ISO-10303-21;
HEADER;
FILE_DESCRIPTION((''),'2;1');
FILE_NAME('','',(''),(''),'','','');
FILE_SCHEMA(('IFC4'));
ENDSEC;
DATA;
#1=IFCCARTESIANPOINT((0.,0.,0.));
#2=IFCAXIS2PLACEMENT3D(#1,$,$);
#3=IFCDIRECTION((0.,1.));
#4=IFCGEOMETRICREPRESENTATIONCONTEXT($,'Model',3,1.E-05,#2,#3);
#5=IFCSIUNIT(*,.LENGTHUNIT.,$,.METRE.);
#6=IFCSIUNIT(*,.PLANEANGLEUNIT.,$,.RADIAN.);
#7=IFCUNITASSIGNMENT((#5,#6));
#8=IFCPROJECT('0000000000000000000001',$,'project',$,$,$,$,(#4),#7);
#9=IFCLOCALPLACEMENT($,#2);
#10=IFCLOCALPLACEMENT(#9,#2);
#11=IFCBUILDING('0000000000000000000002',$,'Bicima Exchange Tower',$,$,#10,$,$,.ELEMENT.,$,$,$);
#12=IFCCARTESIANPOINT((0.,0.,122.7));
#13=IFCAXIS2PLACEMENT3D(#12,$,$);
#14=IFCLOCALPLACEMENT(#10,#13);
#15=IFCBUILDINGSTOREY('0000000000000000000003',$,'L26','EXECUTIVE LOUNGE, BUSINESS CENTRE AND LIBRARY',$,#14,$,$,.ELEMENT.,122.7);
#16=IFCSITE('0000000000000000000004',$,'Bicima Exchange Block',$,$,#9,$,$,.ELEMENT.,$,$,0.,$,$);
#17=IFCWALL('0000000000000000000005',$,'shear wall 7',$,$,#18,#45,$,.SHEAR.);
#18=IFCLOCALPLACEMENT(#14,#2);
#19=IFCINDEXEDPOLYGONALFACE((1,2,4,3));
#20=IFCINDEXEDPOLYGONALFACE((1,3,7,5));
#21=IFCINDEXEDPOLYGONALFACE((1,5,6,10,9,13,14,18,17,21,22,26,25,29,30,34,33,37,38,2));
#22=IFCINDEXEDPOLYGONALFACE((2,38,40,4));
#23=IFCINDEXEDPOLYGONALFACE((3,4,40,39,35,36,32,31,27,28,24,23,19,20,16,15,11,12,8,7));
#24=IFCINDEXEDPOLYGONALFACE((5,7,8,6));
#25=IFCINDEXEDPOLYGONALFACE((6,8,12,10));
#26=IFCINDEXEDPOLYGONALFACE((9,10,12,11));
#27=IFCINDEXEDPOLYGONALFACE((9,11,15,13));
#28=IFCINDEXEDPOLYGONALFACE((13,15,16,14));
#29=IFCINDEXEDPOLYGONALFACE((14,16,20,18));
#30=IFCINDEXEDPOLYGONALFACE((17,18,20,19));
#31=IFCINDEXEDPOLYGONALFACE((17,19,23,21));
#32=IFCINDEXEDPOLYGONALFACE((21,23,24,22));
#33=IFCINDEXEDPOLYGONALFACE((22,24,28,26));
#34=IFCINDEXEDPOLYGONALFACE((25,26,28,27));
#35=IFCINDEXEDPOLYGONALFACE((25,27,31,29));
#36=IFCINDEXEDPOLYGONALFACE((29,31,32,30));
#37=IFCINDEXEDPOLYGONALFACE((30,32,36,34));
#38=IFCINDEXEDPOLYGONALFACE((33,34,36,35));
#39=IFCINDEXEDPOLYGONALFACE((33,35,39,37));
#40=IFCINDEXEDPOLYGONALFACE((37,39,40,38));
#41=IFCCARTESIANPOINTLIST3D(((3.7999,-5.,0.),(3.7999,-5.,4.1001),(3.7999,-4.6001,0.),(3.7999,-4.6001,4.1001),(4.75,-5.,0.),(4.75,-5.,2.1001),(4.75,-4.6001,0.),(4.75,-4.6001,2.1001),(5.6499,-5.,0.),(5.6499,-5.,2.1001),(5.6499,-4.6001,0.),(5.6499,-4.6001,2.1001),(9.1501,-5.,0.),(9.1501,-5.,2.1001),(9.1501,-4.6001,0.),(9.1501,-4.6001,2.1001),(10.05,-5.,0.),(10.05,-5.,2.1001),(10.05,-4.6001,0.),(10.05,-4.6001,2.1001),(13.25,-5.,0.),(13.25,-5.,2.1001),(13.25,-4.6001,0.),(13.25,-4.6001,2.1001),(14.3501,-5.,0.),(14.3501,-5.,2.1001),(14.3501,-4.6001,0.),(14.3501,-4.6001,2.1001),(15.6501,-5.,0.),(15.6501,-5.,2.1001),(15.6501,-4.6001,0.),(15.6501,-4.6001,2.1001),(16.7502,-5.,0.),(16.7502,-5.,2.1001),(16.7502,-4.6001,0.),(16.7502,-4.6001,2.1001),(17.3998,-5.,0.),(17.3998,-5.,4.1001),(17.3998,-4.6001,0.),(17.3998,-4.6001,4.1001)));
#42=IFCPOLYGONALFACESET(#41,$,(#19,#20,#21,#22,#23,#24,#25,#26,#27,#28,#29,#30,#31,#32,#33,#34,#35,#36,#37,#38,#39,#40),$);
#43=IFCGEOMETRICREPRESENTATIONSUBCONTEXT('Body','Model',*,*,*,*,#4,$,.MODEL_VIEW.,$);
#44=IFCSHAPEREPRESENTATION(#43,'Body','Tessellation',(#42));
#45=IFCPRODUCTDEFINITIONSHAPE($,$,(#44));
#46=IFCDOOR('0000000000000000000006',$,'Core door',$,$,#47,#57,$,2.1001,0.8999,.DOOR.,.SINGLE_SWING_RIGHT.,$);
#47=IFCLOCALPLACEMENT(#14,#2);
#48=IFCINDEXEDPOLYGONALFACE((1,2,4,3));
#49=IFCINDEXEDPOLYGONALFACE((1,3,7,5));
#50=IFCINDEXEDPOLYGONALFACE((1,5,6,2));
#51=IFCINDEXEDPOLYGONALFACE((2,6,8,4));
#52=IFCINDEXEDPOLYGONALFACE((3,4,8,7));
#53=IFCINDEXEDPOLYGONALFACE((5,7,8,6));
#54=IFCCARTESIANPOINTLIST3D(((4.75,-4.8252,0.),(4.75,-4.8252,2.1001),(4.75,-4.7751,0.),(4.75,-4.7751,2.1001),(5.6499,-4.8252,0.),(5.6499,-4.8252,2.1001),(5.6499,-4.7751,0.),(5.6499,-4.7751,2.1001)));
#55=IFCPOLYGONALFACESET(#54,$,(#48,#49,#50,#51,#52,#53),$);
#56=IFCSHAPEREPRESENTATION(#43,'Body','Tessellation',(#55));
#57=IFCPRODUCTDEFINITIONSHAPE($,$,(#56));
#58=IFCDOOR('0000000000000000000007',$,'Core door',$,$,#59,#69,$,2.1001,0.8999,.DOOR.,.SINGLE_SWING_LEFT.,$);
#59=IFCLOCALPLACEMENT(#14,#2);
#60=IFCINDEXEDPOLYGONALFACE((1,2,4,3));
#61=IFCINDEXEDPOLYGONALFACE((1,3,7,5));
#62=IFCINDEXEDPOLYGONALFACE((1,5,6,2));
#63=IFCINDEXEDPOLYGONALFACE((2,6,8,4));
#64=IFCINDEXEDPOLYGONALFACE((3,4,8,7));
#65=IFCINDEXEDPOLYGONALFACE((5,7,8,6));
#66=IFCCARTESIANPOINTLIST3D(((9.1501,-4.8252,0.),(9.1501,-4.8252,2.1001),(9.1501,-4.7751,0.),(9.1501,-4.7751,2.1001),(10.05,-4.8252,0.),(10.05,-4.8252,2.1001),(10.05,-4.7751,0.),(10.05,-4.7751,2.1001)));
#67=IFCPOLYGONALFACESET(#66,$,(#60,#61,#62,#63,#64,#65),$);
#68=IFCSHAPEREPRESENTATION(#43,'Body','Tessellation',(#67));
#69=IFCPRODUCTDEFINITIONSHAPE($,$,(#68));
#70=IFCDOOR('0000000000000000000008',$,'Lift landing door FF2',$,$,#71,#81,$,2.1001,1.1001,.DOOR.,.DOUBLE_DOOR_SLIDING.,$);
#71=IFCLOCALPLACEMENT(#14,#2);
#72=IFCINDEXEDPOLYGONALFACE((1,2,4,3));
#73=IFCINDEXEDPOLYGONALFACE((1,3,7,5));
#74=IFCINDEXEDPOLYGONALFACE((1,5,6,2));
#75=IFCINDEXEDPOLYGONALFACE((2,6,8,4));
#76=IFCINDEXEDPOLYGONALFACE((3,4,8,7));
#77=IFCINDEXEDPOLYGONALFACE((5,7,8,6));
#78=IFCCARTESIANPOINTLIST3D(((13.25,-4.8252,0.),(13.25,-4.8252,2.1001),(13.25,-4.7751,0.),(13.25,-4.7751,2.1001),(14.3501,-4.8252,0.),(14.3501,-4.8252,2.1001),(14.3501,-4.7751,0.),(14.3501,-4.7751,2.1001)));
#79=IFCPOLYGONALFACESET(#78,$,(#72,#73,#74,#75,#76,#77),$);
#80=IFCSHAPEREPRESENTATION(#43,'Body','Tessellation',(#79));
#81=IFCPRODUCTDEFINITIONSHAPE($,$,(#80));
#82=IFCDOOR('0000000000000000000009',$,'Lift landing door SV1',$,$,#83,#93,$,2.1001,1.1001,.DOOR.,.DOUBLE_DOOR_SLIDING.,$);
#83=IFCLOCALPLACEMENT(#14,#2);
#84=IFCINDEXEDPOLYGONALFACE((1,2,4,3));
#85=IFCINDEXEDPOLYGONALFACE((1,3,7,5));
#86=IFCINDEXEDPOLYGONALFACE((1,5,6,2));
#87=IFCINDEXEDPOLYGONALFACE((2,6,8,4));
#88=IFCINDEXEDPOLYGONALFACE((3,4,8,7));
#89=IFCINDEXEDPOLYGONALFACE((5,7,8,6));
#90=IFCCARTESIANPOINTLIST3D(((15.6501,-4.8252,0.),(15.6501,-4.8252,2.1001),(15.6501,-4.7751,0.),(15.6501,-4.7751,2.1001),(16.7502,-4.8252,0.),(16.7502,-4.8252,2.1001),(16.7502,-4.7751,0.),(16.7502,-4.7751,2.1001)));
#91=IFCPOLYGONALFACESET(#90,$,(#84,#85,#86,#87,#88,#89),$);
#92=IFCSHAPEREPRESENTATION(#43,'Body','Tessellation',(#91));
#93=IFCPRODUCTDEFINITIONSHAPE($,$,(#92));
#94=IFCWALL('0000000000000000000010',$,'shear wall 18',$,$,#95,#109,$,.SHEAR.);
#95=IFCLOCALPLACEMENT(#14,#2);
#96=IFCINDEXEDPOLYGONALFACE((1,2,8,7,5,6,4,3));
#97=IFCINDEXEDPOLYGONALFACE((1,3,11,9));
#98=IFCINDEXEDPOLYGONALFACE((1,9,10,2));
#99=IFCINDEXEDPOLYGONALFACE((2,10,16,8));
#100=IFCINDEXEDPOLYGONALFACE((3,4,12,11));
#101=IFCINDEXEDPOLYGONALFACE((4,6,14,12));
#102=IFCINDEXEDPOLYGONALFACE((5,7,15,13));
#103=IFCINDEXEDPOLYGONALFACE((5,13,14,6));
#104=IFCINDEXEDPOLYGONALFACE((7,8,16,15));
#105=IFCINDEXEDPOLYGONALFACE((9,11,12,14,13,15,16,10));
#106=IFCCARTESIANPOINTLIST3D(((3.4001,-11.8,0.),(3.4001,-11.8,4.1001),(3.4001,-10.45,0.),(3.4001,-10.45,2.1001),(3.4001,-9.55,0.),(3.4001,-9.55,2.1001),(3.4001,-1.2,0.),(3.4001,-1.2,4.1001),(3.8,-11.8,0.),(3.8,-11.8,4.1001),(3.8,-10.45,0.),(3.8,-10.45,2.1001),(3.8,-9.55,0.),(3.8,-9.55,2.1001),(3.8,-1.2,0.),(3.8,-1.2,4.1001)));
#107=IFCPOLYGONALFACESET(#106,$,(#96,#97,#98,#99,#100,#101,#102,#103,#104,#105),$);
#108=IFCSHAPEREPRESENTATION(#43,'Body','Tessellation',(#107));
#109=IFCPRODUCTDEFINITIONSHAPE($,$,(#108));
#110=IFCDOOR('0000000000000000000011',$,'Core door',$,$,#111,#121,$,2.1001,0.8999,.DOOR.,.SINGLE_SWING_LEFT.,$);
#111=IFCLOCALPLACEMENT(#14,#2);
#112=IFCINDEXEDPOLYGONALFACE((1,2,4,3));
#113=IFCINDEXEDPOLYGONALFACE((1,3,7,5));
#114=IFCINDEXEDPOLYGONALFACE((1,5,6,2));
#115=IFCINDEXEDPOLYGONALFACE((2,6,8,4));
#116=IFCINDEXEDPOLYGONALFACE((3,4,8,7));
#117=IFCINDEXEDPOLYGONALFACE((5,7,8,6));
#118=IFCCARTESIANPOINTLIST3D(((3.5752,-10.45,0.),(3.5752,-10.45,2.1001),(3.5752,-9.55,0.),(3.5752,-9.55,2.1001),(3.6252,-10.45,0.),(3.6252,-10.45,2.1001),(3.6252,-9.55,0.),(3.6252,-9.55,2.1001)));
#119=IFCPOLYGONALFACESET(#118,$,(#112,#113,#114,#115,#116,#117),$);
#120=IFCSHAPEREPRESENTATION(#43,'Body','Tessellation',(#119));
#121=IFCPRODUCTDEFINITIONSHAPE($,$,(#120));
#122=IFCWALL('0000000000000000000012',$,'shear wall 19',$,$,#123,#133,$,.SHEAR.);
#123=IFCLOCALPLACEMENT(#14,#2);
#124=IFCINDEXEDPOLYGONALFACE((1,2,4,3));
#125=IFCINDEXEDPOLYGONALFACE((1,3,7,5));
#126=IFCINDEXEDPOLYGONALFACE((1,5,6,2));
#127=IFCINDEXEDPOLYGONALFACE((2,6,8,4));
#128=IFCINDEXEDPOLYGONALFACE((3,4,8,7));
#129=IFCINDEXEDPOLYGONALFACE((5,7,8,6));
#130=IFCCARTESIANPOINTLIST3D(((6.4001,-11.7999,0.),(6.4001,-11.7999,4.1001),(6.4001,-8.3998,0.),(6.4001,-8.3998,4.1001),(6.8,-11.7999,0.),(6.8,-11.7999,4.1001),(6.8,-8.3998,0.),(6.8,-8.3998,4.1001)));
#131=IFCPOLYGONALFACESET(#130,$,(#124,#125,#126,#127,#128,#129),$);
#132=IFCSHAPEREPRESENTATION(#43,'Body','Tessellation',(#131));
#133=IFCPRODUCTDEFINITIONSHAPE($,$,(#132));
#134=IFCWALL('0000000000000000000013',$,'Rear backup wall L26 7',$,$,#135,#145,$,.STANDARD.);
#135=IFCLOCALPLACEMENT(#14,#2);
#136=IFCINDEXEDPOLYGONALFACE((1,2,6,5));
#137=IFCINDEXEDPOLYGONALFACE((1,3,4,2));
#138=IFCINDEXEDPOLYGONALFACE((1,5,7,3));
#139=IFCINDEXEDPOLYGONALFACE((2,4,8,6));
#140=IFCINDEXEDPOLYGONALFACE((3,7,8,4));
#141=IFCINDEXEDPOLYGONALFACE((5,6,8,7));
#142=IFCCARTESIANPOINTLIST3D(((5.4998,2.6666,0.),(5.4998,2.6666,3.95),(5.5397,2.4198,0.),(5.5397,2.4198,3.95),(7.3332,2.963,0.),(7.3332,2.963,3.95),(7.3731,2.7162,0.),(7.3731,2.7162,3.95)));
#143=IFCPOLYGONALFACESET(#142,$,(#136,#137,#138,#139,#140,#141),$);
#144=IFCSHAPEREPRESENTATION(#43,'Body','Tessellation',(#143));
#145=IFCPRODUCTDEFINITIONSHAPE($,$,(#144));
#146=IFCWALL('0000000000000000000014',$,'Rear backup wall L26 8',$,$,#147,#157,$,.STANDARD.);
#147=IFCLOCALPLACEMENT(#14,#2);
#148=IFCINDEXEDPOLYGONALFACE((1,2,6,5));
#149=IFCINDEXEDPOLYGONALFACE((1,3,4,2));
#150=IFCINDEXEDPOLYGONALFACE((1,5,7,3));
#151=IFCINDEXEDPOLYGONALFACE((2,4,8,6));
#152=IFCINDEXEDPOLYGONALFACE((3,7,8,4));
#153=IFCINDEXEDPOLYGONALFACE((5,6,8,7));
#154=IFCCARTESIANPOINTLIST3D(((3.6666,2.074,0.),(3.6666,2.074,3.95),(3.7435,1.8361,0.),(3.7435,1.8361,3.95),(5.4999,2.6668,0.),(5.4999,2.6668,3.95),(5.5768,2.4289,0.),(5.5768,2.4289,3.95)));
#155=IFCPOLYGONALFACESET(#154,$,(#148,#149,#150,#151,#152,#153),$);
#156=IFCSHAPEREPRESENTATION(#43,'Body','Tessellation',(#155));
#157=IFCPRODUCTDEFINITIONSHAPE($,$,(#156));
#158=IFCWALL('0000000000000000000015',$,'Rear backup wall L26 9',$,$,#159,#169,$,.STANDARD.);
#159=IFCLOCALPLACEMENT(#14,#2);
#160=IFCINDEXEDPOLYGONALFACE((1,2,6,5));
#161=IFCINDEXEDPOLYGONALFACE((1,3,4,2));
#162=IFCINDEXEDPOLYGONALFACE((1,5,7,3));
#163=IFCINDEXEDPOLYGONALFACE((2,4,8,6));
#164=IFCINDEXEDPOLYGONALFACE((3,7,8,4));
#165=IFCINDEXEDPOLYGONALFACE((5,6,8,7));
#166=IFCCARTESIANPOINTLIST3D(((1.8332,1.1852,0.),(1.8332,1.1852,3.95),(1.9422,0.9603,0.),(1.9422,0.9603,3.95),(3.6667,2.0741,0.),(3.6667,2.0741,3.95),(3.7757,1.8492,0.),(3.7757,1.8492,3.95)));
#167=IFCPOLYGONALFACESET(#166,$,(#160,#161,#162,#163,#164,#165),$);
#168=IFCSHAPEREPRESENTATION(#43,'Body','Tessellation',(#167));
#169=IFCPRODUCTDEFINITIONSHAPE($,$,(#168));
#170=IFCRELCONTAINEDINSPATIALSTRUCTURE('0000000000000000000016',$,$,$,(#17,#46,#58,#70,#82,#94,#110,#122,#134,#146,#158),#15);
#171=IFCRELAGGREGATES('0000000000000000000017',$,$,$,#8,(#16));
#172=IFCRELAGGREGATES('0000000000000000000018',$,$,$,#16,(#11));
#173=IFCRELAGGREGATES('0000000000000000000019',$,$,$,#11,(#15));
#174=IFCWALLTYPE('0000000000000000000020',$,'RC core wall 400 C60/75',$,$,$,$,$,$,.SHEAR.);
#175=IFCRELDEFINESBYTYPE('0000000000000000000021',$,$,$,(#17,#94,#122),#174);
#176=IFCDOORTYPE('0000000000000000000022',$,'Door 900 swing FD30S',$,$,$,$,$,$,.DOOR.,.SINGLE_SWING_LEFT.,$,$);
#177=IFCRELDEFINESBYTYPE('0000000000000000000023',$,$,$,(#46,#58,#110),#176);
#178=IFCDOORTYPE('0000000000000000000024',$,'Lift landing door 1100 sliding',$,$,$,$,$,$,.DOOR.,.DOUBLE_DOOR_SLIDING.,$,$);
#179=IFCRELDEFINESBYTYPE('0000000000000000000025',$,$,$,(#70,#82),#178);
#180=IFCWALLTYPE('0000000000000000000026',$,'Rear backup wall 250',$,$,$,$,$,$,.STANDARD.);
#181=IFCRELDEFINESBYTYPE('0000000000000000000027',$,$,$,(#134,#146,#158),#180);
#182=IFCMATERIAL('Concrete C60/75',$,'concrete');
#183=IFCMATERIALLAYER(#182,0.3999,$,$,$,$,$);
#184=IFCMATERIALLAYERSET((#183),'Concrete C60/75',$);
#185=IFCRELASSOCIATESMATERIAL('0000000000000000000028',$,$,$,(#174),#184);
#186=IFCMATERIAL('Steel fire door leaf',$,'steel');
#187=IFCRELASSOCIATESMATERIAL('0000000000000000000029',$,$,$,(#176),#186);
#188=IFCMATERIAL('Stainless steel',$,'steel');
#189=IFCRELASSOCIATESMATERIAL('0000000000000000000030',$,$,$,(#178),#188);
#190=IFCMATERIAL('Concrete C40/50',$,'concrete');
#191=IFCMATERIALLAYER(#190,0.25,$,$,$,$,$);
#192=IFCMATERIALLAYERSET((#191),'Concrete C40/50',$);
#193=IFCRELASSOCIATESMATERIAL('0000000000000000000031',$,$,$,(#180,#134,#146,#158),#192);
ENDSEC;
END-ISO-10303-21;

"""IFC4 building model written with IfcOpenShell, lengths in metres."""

from ifc_helpers import new_model, si_unit, direction, frame, frame_2d, origin, place, context, subcontext, project, spatial, rectangle, extrude, material, layer, layer_set, layer_usage, type_object, element, fill, save


model = new_model("IFC4")

# Units and contexts
model_context = context("Model", 3, precision=1e-05, world=origin(), true_north=direction((0.0, 1.0)))
body_context = subcontext(model_context, "Body", "Model", "MODEL_VIEW")
ifc_project = project(units=[si_unit("LENGTHUNIT", "METRE"), si_unit("PLANEANGLEUNIT", "RADIAN")], contexts=[model_context])

# Site, building, storey
site_placement = place(None, origin())
site = spatial("IfcSite", under=ifc_project, at=site_placement, Name="Bicima Exchange Block", CompositionType="ELEMENT", RefElevation=0.0)
building_placement = place(site_placement, origin())
building = spatial("IfcBuilding", under=site, at=building_placement, Name="Bicima Exchange Tower", CompositionType="ELEMENT")
storey_placement = place(building_placement, frame((0.0, 0.0, 122.7)))
storey = spatial("IfcBuildingStorey", under=building, at=storey_placement, Name="L26", Description="EXECUTIVE LOUNGE, BUSINESS CENTRE AND LIBRARY", CompositionType="ELEMENT", Elevation=122.7)

# Shared definitions
ifc_material_1 = material(Name="Concrete C60/75", Category="concrete")
ifc_layer_1 = layer(ifc_material_1, 0.3999)
ifc_layer_set_1 = layer_set([ifc_layer_1], Name="Concrete C60/75")
wall_type_1 = type_object("IfcWallType", Name="RC core wall 400 C60/75", PredefinedType="SHEAR", material=ifc_layer_set_1)
ifc_material_2 = material(Name="Steel fire door leaf", Category="steel")
door_type_1 = type_object("IfcDoorType", Name="Door 900 swing FD30S", OperationType="SINGLE_SWING_LEFT", PredefinedType="DOOR", material=ifc_material_2)

# Wall, openings, doors
wall_1_placement = place(storey_placement, frame((3.8, -4.8, 0.0), z_axis=(0.0, 0.0, 1.0), x_axis=(1.0, 0.0, 0.0)))
wall_1 = element("IfcWall", 1, at=wall_1_placement, inside=storey, type_object=wall_type_1, Name="shear wall 7", PredefinedType="SHEAR", context=body_context, shape_type="SweptSolid", body=[
    extrude(rectangle(XDim=13.5999, YDim=0.3999, at=frame_2d((6.7998, 0.0))), origin(), (0.0, 0.0, 1.0), 4.1001),
])
opening_1_placement = place(wall_1_placement, frame((9.45, 0.0, 0.0)))
opening_1 = element("IfcOpeningElement", 2, at=opening_1_placement, cuts=wall_1, PredefinedType="OPENING", context=body_context, shape_type="SweptSolid", body=[
    extrude(rectangle(XDim=1.1001, YDim=2.1001, at=frame_2d((0.55, 1.05))), frame((0.0, 0.2119, 0.0), z_axis=(0.0, -1.0, 0.0), x_axis=(1.0, 0.0, 0.0)), (0.0, 0.0, 1.0), 0.4238),
])
opening_2_placement = place(wall_1_placement, frame((11.8501, 0.0, 0.0)))
opening_2 = element("IfcOpeningElement", 3, at=opening_2_placement, cuts=wall_1, PredefinedType="OPENING", context=body_context, shape_type="SweptSolid", body=[
    extrude(rectangle(XDim=1.1001, YDim=2.1001, at=frame_2d((0.55, 1.05))), frame((0.0, 0.2119, 0.0), z_axis=(0.0, -1.0, 0.0), x_axis=(1.0, 0.0, 0.0)), (0.0, 0.0, 1.0), 0.4238),
])
opening_3_placement = place(wall_1_placement, frame((0.95, 0.0, 0.0)))
opening_3 = element("IfcOpeningElement", 4, at=opening_3_placement, cuts=wall_1, PredefinedType="OPENING", context=body_context, shape_type="SweptSolid", body=[
    extrude(rectangle(XDim=0.8999, YDim=2.1001, at=frame_2d((0.45, 1.05))), frame((0.0, 0.2119, 0.0), z_axis=(0.0, -1.0, 0.0), x_axis=(1.0, 0.0, 0.0)), (0.0, 0.0, 1.0), 0.4238),
])
opening_4_placement = place(wall_1_placement, frame((5.3501, 0.0, 0.0)))
opening_4 = element("IfcOpeningElement", 5, at=opening_4_placement, cuts=wall_1, PredefinedType="OPENING", context=body_context, shape_type="SweptSolid", body=[
    extrude(rectangle(XDim=0.8999, YDim=2.1001, at=frame_2d((0.45, 1.05))), frame((0.0, 0.2119, 0.0), z_axis=(0.0, -1.0, 0.0), x_axis=(1.0, 0.0, 0.0)), (0.0, 0.0, 1.0), 0.4238),
])
door_1_placement = place(opening_3_placement, origin())
door_1 = element("IfcDoor", 6, at=door_1_placement, inside=storey, type_object=door_type_1, Name="Core door", OperationType="SINGLE_SWING_RIGHT", OverallHeight=2.1001, OverallWidth=0.8999, PredefinedType="DOOR", context=body_context, shape_type="SweptSolid", body=[
    extrude(rectangle(XDim=0.8999, YDim=2.1001, at=frame_2d((0.45, 1.05))), frame((0.0, 0.0249, 0.0), z_axis=(0.0, -1.0, 0.0), x_axis=(1.0, 0.0, 0.0)), (0.0, 0.0, 1.0), 0.05),
])
fill(opening_3, door_1)
door_2_placement = place(opening_4_placement, origin())
door_2 = element("IfcDoor", 7, at=door_2_placement, inside=storey, type_object=door_type_1, Name="Core door", OperationType="SINGLE_SWING_LEFT", OverallHeight=2.1001, OverallWidth=0.8999, PredefinedType="DOOR", context=body_context, shape_type="SweptSolid", body=[
    extrude(rectangle(XDim=0.8999, YDim=2.1001, at=frame_2d((0.45, 1.05))), frame((0.0, 0.0249, 0.0), z_axis=(0.0, -1.0, 0.0), x_axis=(1.0, 0.0, 0.0)), (0.0, 0.0, 1.0), 0.05),
])
fill(opening_4, door_2)
ifc_material_3 = material(Name="Stainless steel", Category="steel")
door_type_2 = type_object("IfcDoorType", Name="Lift landing door 1100 sliding", OperationType="DOUBLE_DOOR_SLIDING", PredefinedType="DOOR", material=ifc_material_3)
door_3_placement = place(opening_1_placement, origin())
door_3 = element("IfcDoor", 8, at=door_3_placement, inside=storey, type_object=door_type_2, Name="Lift landing door FF2", OperationType="DOUBLE_DOOR_SLIDING", OverallHeight=2.1001, OverallWidth=1.1001, PredefinedType="DOOR", context=body_context, shape_type="SweptSolid", body=[
    extrude(rectangle(XDim=1.1001, YDim=2.1001, at=frame_2d((0.55, 1.05))), frame((0.0, 0.0249, 0.0), z_axis=(0.0, -1.0, 0.0), x_axis=(1.0, 0.0, 0.0)), (0.0, 0.0, 1.0), 0.05),
])
fill(opening_1, door_3)
door_4_placement = place(opening_2_placement, origin())
door_4 = element("IfcDoor", 9, at=door_4_placement, inside=storey, type_object=door_type_2, Name="Lift landing door SV1", OperationType="DOUBLE_DOOR_SLIDING", OverallHeight=2.1001, OverallWidth=1.1001, PredefinedType="DOOR", context=body_context, shape_type="SweptSolid", body=[
    extrude(rectangle(XDim=1.1001, YDim=2.1001, at=frame_2d((0.55, 1.05))), frame((0.0, 0.0249, 0.0), z_axis=(0.0, -1.0, 0.0), x_axis=(1.0, 0.0, 0.0)), (0.0, 0.0, 1.0), 0.05),
])
fill(opening_2, door_4)

# Wall, opening, door
wall_2_placement = place(storey_placement, frame((3.6001, -11.8, 0.0), z_axis=(0.0, 0.0, 1.0), x_axis=(0.0, 1.0, 0.0)))
wall_2 = element("IfcWall", 10, at=wall_2_placement, inside=storey, type_object=wall_type_1, Name="shear wall 18", PredefinedType="SHEAR", context=body_context, shape_type="SweptSolid", body=[
    extrude(rectangle(XDim=10.6001, YDim=0.3999, at=frame_2d((5.3, 0.0))), origin(), (0.0, 0.0, 1.0), 4.1001),
])
opening_5_placement = place(wall_2_placement, frame((1.3501, 0.0, 0.0)))
opening_5 = element("IfcOpeningElement", 11, at=opening_5_placement, cuts=wall_2, PredefinedType="OPENING", context=body_context, shape_type="SweptSolid", body=[
    extrude(rectangle(XDim=0.8999, YDim=2.1001, at=frame_2d((0.45, 1.05))), frame((0.0, 0.2119, 0.0), z_axis=(0.0, -1.0, 0.0), x_axis=(1.0, 0.0, 0.0)), (0.0, 0.0, 1.0), 0.4238),
])
door_5_placement = place(opening_5_placement, origin())
door_5 = element("IfcDoor", 12, at=door_5_placement, inside=storey, type_object=door_type_1, Name="Core door", OperationType="SINGLE_SWING_LEFT", OverallHeight=2.1001, OverallWidth=0.8999, PredefinedType="DOOR", context=body_context, shape_type="SweptSolid", body=[
    extrude(rectangle(XDim=0.8999, YDim=2.1001, at=frame_2d((0.45, 1.05))), frame((0.0, 0.0249, 0.0), z_axis=(0.0, -1.0, 0.0), x_axis=(1.0, 0.0, 0.0)), (0.0, 0.0, 1.0), 0.05),
])
fill(opening_5, door_5)

# Walls
wall_3_placement = place(storey_placement, frame((6.6001, -11.8, 0.0), z_axis=(0.0, 0.0, 1.0), x_axis=(0.0, 1.0, 0.0)))
element("IfcWall", 13, at=wall_3_placement, inside=storey, type_object=wall_type_1, Name="shear wall 19", PredefinedType="SHEAR", context=body_context, shape_type="SweptSolid", body=[
    extrude(rectangle(XDim=3.4001, YDim=0.3999, at=frame_2d((1.7002, 0.0))), origin(), (0.0, 0.0, 1.0), 4.1001),
])
ifc_material_4 = material(Name="Concrete C40/50", Category="concrete")
ifc_layer_2 = layer(ifc_material_4, 0.25)
ifc_layer_set_2 = layer_set([ifc_layer_2], Name="Concrete C40/50")
ifc_layer_usage = layer_usage(ifc_layer_set_2, "AXIS2", "POSITIVE", -0.125)
wall_type_2 = type_object("IfcWallType", Name="Rear backup wall 250", PredefinedType="STANDARD", material=ifc_layer_set_2)
wall_4_placement = place(storey_placement, frame((7.3533, 2.8396, 0.0), z_axis=(0.0, 0.0, 1.0), x_axis=(-0.987182, -0.1596, 0.0)))
element("IfcWall", 14, at=wall_4_placement, inside=storey, type_object=wall_type_2, material=ifc_layer_usage, Name="Rear backup wall L26 7", PredefinedType="STANDARD", context=body_context, shape_type="SweptSolid", body=[
    extrude(rectangle(XDim=1.8572, YDim=0.25, at=frame_2d((0.9287, 0.0))), origin(), (0.0, 0.0, 1.0), 3.95),
])
wall_5_placement = place(storey_placement, frame((5.5383, 2.5479, 0.0), z_axis=(0.0, 0.0, 1.0), x_axis=(-0.951496, -0.307662, 0.0)))
element("IfcWall", 15, at=wall_5_placement, inside=storey, type_object=wall_type_2, material=ifc_layer_usage, Name="Rear backup wall L26 8", PredefinedType="STANDARD", context=body_context, shape_type="SweptSolid", body=[
    extrude(rectangle(XDim=1.9268, YDim=0.25, at=frame_2d((0.9634, 0.0))), origin(), (0.0, 0.0, 1.0), 3.95),
])
wall_6_placement = place(storey_placement, frame((3.7212, 1.9617, 0.0), z_axis=(0.0, 0.0, 1.0), x_axis=(-0.899824, -0.436253, 0.0)))
element("IfcWall", 16, at=wall_6_placement, inside=storey, type_object=wall_type_2, material=ifc_layer_usage, Name="Rear backup wall L26 9", PredefinedType="STANDARD", context=body_context, shape_type="SweptSolid", body=[
    extrude(rectangle(XDim=2.0376, YDim=0.25, at=frame_2d((1.0188, 0.0))), origin(), (0.0, 0.0, 1.0), 3.95),
])

save(model, "model.ifc")
